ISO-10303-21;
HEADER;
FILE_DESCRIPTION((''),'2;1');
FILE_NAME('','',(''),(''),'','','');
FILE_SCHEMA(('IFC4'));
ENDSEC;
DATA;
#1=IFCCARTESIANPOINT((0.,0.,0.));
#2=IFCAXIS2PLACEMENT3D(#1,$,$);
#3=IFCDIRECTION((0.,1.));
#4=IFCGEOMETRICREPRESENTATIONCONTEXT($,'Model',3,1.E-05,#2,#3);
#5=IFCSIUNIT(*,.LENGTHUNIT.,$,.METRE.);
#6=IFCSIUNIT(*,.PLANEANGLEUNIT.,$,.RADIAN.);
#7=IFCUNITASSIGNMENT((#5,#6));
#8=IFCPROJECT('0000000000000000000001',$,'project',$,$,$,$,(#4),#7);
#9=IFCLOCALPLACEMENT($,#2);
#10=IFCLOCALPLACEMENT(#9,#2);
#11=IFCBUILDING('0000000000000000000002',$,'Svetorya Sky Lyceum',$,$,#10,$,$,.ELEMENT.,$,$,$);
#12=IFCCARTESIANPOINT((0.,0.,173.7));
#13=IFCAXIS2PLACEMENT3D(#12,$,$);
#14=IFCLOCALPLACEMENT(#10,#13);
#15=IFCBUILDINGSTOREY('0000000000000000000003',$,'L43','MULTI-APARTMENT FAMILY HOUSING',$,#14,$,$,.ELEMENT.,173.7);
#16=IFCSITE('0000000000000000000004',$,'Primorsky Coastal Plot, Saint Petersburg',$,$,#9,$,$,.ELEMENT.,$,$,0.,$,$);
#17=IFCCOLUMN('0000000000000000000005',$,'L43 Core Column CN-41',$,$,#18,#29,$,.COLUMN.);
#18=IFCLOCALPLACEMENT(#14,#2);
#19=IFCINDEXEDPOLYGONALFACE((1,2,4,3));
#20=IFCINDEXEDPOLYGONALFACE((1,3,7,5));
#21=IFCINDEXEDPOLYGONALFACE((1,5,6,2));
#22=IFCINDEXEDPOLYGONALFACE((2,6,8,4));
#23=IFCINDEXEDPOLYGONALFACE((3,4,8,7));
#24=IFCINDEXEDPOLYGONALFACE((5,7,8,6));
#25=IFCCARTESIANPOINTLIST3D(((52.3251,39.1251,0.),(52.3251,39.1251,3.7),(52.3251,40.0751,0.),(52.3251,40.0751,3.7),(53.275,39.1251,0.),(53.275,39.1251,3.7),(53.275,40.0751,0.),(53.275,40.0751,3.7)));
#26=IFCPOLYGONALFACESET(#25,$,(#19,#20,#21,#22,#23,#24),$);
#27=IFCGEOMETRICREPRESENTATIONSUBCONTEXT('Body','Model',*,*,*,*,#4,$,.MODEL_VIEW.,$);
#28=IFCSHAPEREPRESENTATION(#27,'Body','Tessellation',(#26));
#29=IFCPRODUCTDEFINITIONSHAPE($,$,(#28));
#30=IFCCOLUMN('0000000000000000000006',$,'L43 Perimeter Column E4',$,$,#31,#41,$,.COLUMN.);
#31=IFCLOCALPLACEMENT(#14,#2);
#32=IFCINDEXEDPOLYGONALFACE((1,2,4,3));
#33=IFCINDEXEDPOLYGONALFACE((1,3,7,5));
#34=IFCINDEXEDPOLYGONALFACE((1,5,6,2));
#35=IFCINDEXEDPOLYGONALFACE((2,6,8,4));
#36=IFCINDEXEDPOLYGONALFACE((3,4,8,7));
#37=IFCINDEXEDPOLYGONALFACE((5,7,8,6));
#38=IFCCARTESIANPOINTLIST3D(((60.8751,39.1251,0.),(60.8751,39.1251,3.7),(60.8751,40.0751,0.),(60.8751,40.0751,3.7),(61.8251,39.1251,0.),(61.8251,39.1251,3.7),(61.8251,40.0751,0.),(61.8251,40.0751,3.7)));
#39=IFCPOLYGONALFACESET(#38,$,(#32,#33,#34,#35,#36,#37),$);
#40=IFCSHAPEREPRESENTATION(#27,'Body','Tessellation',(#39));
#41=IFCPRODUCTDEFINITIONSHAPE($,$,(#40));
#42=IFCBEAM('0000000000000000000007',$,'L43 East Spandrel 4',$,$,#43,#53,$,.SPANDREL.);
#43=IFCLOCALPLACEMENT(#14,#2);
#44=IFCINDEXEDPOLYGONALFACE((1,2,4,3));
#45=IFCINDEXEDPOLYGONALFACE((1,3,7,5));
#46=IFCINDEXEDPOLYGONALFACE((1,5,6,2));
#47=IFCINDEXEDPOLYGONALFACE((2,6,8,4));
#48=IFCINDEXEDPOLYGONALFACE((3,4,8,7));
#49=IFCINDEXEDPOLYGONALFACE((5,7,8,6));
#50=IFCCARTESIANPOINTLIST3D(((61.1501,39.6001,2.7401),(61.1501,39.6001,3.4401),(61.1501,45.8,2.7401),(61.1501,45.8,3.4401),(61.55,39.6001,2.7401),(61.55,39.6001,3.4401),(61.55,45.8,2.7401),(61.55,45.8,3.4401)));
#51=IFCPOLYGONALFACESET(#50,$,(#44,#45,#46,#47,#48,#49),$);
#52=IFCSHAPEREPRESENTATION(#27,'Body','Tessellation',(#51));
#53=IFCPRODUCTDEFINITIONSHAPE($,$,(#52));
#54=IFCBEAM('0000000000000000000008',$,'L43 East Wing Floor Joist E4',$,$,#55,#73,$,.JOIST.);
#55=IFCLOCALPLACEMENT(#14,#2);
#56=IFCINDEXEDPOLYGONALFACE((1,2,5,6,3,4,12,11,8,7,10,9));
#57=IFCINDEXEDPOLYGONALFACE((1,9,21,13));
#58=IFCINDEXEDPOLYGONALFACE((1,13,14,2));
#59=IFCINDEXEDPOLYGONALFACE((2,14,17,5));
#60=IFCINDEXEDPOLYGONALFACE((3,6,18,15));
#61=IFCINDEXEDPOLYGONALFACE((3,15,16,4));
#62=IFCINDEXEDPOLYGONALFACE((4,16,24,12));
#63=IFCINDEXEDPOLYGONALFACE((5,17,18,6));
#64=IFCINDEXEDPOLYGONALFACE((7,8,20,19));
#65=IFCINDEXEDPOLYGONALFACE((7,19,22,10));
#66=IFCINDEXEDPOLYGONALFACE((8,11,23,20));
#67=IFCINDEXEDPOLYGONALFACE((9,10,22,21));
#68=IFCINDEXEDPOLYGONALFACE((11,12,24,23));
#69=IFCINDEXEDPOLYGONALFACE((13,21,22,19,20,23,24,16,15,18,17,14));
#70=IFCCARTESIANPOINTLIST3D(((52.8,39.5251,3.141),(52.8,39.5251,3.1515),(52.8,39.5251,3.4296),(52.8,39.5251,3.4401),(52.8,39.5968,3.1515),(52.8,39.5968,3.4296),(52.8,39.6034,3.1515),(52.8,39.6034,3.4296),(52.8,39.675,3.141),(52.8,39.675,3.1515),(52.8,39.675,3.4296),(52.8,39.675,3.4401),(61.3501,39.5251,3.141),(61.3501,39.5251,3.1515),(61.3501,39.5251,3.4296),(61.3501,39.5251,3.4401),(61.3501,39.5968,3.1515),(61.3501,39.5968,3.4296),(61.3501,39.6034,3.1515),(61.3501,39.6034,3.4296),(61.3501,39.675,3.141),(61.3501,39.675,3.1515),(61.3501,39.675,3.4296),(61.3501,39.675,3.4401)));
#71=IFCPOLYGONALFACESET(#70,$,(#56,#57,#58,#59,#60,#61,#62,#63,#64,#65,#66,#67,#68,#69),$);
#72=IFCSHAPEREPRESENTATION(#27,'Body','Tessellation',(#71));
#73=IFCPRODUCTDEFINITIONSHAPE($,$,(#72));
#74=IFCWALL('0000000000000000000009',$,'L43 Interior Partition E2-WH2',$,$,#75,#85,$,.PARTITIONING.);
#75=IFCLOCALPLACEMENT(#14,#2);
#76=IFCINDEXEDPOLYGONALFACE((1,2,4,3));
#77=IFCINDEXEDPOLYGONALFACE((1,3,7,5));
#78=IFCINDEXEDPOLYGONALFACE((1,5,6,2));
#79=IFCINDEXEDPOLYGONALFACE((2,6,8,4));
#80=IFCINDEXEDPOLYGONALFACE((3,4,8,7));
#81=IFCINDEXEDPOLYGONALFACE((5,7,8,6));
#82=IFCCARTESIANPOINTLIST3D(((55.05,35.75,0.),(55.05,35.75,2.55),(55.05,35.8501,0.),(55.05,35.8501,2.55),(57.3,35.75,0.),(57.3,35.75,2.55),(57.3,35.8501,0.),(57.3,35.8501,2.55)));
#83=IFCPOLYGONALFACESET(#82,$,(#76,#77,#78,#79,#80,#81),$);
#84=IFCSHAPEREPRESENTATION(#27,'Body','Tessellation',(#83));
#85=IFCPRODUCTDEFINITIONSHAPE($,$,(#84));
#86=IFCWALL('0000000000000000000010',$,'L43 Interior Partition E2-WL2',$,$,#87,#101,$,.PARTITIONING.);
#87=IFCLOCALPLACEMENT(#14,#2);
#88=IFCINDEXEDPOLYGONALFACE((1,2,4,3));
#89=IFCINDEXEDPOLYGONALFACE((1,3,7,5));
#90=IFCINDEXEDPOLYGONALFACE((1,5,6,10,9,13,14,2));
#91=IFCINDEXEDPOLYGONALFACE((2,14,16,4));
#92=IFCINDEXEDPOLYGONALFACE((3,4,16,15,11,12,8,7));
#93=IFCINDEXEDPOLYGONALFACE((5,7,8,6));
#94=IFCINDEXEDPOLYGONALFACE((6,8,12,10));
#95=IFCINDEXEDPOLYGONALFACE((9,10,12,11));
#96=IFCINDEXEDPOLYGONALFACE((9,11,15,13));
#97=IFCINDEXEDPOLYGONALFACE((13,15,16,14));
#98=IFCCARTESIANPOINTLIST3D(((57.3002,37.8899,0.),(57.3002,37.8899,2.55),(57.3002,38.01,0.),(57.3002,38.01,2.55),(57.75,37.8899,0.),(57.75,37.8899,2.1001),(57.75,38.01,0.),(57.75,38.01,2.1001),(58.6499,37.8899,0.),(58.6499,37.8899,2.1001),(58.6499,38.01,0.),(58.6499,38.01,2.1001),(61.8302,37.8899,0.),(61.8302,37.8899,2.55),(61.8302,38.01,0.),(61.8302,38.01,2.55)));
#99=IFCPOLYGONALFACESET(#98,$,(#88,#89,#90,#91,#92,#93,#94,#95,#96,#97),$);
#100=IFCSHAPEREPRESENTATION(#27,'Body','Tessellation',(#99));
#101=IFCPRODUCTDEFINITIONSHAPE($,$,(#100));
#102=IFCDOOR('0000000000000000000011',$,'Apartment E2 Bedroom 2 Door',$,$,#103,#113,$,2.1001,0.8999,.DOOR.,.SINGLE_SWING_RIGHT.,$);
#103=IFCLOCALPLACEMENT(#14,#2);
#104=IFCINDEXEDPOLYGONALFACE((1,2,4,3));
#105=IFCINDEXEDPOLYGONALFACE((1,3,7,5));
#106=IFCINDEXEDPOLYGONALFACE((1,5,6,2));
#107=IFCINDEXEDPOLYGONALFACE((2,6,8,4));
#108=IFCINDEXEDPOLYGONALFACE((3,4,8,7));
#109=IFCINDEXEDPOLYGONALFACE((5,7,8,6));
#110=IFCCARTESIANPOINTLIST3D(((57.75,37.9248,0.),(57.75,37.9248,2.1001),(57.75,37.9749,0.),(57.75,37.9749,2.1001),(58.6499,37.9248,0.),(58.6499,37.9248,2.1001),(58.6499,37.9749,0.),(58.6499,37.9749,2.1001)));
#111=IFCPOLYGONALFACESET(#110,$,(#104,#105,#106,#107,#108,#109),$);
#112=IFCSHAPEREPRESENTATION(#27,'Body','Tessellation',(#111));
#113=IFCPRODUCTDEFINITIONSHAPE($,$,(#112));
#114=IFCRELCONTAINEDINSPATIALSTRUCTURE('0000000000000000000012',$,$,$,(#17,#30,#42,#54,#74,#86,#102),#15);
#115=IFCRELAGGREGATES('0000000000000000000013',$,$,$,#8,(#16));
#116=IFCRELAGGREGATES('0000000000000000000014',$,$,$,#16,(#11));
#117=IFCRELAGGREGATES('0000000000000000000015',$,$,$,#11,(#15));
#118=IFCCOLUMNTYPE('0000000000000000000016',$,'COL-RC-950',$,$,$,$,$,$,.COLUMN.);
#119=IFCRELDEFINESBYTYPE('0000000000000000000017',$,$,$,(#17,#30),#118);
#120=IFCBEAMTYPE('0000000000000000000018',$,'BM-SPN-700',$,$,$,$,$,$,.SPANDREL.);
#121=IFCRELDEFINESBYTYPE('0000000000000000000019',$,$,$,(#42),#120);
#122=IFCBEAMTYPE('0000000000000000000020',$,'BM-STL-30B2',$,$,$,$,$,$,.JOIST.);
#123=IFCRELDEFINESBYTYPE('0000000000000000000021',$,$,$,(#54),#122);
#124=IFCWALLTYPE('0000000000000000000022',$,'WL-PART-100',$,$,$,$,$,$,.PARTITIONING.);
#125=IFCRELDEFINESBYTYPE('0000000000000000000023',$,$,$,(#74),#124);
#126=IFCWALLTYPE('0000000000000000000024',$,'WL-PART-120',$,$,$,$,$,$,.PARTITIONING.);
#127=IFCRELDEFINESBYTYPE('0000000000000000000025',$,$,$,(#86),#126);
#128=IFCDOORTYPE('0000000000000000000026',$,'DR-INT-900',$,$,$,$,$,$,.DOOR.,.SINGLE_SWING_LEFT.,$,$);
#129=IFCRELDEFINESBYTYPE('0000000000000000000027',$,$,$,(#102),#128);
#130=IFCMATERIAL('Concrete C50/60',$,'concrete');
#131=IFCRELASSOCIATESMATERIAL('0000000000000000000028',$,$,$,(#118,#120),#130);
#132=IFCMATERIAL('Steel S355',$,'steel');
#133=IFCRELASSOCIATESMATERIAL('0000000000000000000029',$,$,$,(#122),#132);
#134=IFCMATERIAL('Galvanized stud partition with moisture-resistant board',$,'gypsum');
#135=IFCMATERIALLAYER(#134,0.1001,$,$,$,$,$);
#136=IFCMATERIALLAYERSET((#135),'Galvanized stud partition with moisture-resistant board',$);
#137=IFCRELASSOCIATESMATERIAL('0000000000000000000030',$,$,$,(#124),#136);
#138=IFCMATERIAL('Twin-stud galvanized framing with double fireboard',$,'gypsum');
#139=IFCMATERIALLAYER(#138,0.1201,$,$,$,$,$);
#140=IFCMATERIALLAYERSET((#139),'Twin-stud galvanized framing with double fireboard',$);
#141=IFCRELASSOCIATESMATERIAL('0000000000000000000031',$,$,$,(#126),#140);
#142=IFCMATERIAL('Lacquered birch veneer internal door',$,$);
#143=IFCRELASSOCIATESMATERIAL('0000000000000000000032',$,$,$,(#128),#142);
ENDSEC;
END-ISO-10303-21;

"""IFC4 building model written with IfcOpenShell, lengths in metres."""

from ifc_helpers import new_model, si_unit, direction, frame, frame_2d, origin, origin_2d, place, context, subcontext, project, spatial, rectangle, i_section, extrude, material, layer, layer_set, material_profile, profile_set, type_object, element, fill, save


model = new_model("IFC4")

# Units and contexts
model_context = context("Model", 3, precision=1e-05, world=origin(), true_north=direction((0.0, 1.0)))
body_context = subcontext(model_context, "Body", "Model", "MODEL_VIEW")
ifc_project = project(units=[si_unit("LENGTHUNIT", "METRE"), si_unit("PLANEANGLEUNIT", "RADIAN")], contexts=[model_context])

# Site, building, storey
site_placement = place(None, origin())
site = spatial("IfcSite", under=ifc_project, at=site_placement, Name="Primorsky Coastal Plot, Saint Petersburg", CompositionType="ELEMENT", RefElevation=0.0)
building_placement = place(site_placement, origin())
building = spatial("IfcBuilding", under=site, at=building_placement, Name="Svetorya Sky Lyceum", CompositionType="ELEMENT")
storey_placement = place(building_placement, frame((0.0, 0.0, 173.7)))
storey = spatial("IfcBuildingStorey", under=building, at=storey_placement, Name="L43", Description="MULTI-APARTMENT FAMILY HOUSING", CompositionType="ELEMENT", Elevation=173.7)

# Columns
ifc_material_1 = material(Name="Concrete C50/60", Category="concrete")
ifc_material_profile_1 = material_profile(ifc_material_1, rectangle(XDim=0.95, YDim=0.95, at=origin_2d()), Name="RC COL 950x950")
ifc_profile_set_1 = profile_set([ifc_material_profile_1], Name="Concrete C50/60")
column_type = type_object("IfcColumnType", Name="COL-RC-950", PredefinedType="COLUMN", material=ifc_profile_set_1)
for number, where, z_axis, x_axis, name in (
    (1, (52.8, 39.6001, 0.0), (0.0, 0.0, 1.0), (1.0, 0.0, 0.0), "L43 Core Column CN-41"),
    (2, (61.3501, 39.6001, 0.0), (0.0, 0.0, 1.0), (1.0, 0.0, 0.0), "L43 Perimeter Column E4"),
):
    element("IfcColumn", number, at=place(storey_placement, frame(where, z_axis=z_axis, x_axis=x_axis)), inside=storey, type_object=column_type, Name=name, PredefinedType="COLUMN", context=body_context, shape_type="SweptSolid", body=[
        extrude(rectangle(XDim=0.95, YDim=0.95, at=origin_2d()), origin(), (0.0, 0.0, 1.0), 3.7),
    ])

# Beams
ifc_material_profile_2 = material_profile(ifc_material_1, rectangle(XDim=0.3999, YDim=0.7, at=origin_2d()), Name="RC SPANDREL 400x700")
ifc_profile_set_2 = profile_set([ifc_material_profile_2], Name="Concrete C50/60")
beam_type_1 = type_object("IfcBeamType", Name="BM-SPN-700", PredefinedType="SPANDREL", material=ifc_profile_set_2)
beam_1_placement = place(storey_placement, frame((61.3501, 39.6001, 3.0901), z_axis=(0.0, 1.0, 0.0), x_axis=(-1.0, 0.0, 0.0)))
element("IfcBeam", 3, at=beam_1_placement, inside=storey, type_object=beam_type_1, Name="L43 East Spandrel 4", PredefinedType="SPANDREL", context=body_context, shape_type="SweptSolid", body=[
    extrude(rectangle(XDim=0.3999, YDim=0.7, at=origin_2d()), origin(), (0.0, 0.0, 1.0), 6.2),
])
ifc_material_2 = material(Name="Steel S355", Category="steel")
ifc_material_profile_3 = material_profile(ifc_material_2, i_section(OverallWidth=0.1499, OverallDepth=0.2991, WebThickness=0.0066, FlangeThickness=0.0105, at=origin_2d()), Name="GOST 30B2")
ifc_profile_set_3 = profile_set([ifc_material_profile_3], Name="Steel S355")
beam_type_2 = type_object("IfcBeamType", Name="BM-STL-30B2", PredefinedType="JOIST", material=ifc_profile_set_3)
beam_2_placement = place(storey_placement, frame((52.8, 39.6001, 3.2905), z_axis=(1.0, 0.0, 0.0), x_axis=(0.0, 1.0, 0.0)))
element("IfcBeam", 4, at=beam_2_placement, inside=storey, type_object=beam_type_2, Name="L43 East Wing Floor Joist E4", PredefinedType="JOIST", context=body_context, shape_type="SweptSolid", body=[
    extrude(i_section(OverallWidth=0.1499, OverallDepth=0.2991, WebThickness=0.0066, FlangeThickness=0.0105, at=origin_2d()), origin(), (0.0, 0.0, 1.0), 8.55),
])

# Wall
ifc_material_3 = material(Name="Galvanized stud partition with moisture-resistant board", Category="gypsum")
ifc_layer_1 = layer(ifc_material_3, 0.1001)
ifc_layer_set_1 = layer_set([ifc_layer_1], Name="Galvanized stud partition with moisture-resistant board")
wall_type_1 = type_object("IfcWallType", Name="WL-PART-100", PredefinedType="PARTITIONING", material=ifc_layer_set_1)
wall_1_placement = place(storey_placement, frame((55.05, 35.8, 0.0), z_axis=(0.0, 0.0, 1.0), x_axis=(1.0, 0.0, 0.0)))
element("IfcWall", 5, at=wall_1_placement, inside=storey, type_object=wall_type_1, Name="L43 Interior Partition E2-WH2", PredefinedType="PARTITIONING", context=body_context, shape_type="SweptSolid", body=[
    extrude(rectangle(XDim=2.25, YDim=0.1001, at=frame_2d((1.125, 0.0))), origin(), (0.0, 0.0, 1.0), 2.55),
])

# Wall, opening, door
ifc_material_4 = material(Name="Twin-stud galvanized framing with double fireboard", Category="gypsum")
ifc_layer_2 = layer(ifc_material_4, 0.1201)
ifc_layer_set_2 = layer_set([ifc_layer_2], Name="Twin-stud galvanized framing with double fireboard")
wall_type_2 = type_object("IfcWallType", Name="WL-PART-120", PredefinedType="PARTITIONING", material=ifc_layer_set_2)
wall_2_placement = place(storey_placement, frame((57.3, 37.95, 0.0), z_axis=(0.0, 0.0, 1.0), x_axis=(1.0, 0.0, 0.0)))
wall_2 = element("IfcWall", 6, at=wall_2_placement, inside=storey, type_object=wall_type_2, Name="L43 Interior Partition E2-WL2", PredefinedType="PARTITIONING", context=body_context, shape_type="SweptSolid", body=[
    extrude(rectangle(XDim=4.53, YDim=0.1201, at=frame_2d((2.2651, 0.0))), origin(), (0.0, 0.0, 1.0), 2.55),
])
opening_1_placement = place(wall_2_placement, frame((0.45, 0.0, 0.0)))
opening_1 = element("IfcOpeningElement", 7, at=opening_1_placement, cuts=wall_2, PredefinedType="OPENING", context=body_context, shape_type="SweptSolid", body=[
    extrude(rectangle(XDim=0.8999, YDim=2.1001, at=frame_2d((0.45, 1.05))), frame((0.0, 0.0701, 0.0), z_axis=(0.0, -1.0, 0.0), x_axis=(1.0, 0.0, 0.0)), (0.0, 0.0, 1.0), 0.1401),
])
ifc_material_5 = material(Name="Lacquered birch veneer internal door")
door_type_1 = type_object("IfcDoorType", Name="DR-INT-900", OperationType="SINGLE_SWING_LEFT", PredefinedType="DOOR", material=ifc_material_5)
door_1_placement = place(opening_1_placement, origin())
door_1 = element("IfcDoor", 8, at=door_1_placement, inside=storey, type_object=door_type_1, Name="Apartment E2 Bedroom 2 Door", OperationType="SINGLE_SWING_RIGHT", OverallHeight=2.1001, OverallWidth=0.8999, PredefinedType="DOOR", context=body_context, shape_type="SweptSolid", body=[
    extrude(rectangle(XDim=0.8999, YDim=2.1001, at=frame_2d((0.45, 1.05))), frame((0.0, 0.0249, 0.0), z_axis=(0.0, -1.0, 0.0), x_axis=(1.0, 0.0, 0.0)), (0.0, 0.0, 1.0), 0.05),
])
fill(opening_1, door_1)

save(model, "model.ifc")
